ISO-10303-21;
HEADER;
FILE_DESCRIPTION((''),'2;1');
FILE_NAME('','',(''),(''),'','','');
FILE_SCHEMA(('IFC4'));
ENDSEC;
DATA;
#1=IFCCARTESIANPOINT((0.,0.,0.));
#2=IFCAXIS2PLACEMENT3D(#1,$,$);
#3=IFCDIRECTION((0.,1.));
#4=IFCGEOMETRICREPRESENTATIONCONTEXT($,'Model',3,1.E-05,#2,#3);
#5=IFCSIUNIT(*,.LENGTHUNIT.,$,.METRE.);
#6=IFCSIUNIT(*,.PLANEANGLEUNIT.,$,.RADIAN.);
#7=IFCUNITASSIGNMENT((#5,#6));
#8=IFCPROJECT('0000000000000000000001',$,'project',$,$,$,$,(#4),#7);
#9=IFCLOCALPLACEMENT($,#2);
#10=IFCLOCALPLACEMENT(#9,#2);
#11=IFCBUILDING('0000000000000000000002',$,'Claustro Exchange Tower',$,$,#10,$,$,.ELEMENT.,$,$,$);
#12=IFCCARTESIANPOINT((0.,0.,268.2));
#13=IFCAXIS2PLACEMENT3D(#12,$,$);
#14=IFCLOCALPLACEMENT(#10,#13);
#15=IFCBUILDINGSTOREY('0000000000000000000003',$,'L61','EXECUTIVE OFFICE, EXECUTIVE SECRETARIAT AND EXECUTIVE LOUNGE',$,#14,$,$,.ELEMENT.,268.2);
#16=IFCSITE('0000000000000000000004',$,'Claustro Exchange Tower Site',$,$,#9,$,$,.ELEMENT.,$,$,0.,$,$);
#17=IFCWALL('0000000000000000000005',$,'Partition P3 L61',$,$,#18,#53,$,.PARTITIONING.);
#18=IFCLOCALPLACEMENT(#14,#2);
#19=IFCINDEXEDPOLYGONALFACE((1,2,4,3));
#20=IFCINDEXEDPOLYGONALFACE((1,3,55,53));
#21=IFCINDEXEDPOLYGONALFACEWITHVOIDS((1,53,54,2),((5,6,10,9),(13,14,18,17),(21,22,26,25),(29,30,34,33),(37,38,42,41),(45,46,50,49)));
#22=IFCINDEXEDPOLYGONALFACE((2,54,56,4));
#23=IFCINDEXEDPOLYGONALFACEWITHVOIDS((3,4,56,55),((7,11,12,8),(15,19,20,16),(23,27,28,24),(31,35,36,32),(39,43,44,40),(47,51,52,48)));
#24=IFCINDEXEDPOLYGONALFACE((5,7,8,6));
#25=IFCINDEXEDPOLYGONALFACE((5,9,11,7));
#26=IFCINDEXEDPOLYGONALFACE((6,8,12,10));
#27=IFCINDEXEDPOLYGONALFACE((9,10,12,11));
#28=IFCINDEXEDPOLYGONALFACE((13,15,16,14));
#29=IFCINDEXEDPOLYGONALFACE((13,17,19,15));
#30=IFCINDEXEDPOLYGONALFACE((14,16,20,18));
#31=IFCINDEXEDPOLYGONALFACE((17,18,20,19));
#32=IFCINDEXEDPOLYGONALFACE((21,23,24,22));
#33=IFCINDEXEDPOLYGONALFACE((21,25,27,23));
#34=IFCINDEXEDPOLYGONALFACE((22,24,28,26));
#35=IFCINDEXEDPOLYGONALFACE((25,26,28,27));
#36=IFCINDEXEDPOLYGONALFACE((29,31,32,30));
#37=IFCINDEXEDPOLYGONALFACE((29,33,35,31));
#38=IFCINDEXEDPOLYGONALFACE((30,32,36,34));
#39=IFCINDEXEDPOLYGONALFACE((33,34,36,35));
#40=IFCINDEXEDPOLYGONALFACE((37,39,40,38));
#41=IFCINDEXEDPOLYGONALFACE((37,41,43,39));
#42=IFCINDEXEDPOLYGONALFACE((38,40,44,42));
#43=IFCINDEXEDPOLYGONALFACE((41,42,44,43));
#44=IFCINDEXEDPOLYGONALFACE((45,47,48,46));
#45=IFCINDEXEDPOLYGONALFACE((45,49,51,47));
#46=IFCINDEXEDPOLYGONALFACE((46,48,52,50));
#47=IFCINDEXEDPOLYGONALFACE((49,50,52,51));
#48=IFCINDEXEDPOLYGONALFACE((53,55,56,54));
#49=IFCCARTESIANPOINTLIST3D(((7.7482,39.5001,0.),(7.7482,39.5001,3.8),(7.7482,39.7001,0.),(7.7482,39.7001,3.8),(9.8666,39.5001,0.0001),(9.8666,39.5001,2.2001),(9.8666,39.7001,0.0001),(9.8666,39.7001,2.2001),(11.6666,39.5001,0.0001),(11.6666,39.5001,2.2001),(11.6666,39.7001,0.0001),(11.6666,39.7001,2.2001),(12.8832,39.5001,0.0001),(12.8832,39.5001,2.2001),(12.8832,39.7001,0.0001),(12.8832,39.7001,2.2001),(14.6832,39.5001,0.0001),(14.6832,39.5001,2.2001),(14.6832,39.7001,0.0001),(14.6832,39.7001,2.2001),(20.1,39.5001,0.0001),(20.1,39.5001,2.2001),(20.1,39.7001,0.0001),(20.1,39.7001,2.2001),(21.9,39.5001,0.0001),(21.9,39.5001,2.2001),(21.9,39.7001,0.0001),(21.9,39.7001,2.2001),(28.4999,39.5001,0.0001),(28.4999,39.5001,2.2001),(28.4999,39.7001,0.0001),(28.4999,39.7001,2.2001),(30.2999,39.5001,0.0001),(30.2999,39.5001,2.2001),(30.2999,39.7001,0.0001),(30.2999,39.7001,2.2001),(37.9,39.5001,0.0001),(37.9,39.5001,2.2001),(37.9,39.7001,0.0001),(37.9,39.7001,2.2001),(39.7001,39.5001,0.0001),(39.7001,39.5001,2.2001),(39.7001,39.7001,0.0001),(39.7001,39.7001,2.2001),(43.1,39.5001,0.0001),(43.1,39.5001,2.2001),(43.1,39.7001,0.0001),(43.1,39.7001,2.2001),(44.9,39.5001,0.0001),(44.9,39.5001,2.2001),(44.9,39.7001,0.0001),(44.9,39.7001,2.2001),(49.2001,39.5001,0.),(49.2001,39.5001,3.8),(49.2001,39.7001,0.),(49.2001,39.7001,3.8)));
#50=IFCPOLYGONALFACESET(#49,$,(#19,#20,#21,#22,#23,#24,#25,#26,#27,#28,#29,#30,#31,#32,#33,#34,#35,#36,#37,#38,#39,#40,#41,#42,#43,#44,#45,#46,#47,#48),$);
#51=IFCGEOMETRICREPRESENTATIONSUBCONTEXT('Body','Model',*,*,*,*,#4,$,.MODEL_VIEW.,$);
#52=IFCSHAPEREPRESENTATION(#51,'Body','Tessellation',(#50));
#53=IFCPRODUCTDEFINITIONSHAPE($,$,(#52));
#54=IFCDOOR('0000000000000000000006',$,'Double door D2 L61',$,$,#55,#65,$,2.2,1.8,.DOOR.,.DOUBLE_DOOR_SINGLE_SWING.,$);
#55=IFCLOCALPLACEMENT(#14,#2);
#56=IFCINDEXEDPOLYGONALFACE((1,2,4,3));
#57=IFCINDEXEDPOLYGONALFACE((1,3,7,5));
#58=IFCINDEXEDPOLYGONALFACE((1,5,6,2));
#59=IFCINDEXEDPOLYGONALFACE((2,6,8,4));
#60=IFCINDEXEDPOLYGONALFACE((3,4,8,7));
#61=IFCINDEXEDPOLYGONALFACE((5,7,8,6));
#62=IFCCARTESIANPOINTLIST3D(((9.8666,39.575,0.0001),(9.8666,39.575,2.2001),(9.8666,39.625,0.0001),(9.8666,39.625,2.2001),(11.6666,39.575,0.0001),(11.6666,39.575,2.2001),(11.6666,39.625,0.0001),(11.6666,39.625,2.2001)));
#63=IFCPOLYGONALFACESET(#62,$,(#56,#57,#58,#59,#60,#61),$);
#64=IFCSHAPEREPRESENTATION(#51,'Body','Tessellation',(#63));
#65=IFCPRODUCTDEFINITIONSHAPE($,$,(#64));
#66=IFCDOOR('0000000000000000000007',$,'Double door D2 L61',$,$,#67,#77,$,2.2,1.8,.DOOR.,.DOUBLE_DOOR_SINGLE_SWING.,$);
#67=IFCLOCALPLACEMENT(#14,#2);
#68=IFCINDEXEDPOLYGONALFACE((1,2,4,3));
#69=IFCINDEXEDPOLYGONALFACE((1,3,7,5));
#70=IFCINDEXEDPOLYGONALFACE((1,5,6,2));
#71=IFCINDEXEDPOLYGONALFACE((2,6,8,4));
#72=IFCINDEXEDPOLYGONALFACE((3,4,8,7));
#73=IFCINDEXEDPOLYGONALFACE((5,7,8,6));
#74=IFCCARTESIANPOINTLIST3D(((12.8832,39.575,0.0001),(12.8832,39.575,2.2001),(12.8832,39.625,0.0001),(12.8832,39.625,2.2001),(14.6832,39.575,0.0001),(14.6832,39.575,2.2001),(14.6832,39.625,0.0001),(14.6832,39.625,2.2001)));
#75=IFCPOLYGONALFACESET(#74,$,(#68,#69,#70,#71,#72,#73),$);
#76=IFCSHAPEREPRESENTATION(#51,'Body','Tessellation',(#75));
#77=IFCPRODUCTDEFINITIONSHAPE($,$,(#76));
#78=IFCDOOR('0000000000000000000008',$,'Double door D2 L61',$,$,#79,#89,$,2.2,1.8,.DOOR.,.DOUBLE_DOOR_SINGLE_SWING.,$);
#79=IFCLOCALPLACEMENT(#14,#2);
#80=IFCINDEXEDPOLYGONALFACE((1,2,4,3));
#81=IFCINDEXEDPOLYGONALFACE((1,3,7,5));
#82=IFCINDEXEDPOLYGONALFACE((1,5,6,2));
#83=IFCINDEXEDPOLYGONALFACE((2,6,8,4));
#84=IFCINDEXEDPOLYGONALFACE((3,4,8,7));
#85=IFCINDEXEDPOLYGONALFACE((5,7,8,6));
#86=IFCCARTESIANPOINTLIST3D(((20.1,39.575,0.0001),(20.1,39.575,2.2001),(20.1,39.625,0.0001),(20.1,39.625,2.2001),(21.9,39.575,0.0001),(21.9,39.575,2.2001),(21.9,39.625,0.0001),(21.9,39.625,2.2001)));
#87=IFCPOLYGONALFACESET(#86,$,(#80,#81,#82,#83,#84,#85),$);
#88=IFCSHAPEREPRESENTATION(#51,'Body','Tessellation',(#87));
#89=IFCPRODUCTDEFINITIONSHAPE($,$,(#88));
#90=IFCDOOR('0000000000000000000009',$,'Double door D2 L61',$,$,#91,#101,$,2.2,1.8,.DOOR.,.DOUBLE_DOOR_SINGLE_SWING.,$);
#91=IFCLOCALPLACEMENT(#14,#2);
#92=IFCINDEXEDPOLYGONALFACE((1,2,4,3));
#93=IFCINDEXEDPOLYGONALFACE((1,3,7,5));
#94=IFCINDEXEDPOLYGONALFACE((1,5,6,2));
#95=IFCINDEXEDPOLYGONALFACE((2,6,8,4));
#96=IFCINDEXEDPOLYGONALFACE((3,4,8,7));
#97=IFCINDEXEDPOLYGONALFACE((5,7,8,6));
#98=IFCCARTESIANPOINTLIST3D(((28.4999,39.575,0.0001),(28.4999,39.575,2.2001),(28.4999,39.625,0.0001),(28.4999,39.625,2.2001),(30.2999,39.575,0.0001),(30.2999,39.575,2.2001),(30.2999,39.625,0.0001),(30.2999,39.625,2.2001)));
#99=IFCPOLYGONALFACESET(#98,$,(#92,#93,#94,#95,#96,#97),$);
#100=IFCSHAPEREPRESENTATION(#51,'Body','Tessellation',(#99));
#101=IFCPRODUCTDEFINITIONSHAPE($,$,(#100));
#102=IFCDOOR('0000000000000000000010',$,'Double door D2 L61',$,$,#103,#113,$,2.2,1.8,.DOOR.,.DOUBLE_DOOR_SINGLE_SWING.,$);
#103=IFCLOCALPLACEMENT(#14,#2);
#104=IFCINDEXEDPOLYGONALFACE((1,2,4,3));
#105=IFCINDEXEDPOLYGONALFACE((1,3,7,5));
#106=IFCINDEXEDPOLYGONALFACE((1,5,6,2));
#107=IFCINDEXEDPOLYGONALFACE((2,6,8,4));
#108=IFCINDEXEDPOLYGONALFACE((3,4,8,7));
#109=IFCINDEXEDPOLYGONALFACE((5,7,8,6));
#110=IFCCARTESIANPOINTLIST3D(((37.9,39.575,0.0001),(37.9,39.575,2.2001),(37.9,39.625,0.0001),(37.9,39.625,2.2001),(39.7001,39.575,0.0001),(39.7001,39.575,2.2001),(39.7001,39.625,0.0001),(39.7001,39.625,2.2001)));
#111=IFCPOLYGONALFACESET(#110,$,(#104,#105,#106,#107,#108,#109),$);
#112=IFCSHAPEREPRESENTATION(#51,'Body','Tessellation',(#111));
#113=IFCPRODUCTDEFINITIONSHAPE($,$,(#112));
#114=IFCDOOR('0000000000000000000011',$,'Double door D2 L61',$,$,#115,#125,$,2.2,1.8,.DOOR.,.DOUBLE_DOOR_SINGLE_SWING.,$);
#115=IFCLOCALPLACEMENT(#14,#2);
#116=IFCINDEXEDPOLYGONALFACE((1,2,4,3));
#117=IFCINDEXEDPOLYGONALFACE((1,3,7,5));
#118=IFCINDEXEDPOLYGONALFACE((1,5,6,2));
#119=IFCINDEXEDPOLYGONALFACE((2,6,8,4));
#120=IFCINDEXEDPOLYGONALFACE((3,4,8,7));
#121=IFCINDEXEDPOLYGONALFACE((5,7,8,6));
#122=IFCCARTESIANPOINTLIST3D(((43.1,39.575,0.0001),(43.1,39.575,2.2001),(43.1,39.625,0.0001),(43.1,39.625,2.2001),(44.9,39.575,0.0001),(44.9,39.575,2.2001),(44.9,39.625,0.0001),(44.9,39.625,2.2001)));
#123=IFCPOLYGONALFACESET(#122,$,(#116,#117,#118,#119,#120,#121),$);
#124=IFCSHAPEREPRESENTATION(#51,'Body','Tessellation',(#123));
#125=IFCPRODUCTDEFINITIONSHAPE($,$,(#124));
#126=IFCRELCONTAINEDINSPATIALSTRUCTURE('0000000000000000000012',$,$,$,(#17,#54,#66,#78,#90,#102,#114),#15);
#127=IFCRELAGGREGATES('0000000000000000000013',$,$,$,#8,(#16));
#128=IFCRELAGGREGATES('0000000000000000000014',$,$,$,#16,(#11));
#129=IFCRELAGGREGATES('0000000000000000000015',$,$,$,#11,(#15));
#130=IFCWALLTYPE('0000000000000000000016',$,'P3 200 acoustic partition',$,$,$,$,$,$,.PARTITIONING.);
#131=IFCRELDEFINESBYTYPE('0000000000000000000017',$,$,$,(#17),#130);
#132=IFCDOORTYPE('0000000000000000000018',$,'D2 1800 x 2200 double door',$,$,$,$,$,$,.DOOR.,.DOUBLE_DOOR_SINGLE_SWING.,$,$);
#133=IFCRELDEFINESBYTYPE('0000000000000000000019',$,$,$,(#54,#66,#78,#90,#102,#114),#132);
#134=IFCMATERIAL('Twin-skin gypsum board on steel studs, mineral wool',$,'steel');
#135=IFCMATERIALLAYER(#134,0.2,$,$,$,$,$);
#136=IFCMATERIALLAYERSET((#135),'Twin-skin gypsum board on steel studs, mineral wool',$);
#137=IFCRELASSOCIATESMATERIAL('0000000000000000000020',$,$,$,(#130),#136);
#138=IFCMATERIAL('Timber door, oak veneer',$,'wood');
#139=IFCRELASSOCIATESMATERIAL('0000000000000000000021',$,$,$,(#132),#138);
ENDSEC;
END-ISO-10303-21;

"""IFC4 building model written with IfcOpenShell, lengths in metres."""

from ifc_helpers import new_model, si_unit, direction, frame, frame_2d, origin, place, context, subcontext, project, spatial, rectangle, extrude, material, layer, layer_set, type_object, element, fill, save


model = new_model("IFC4")

# Units and contexts
model_context = context("Model", 3, precision=1e-05, world=origin(), true_north=direction((0.0, 1.0)))
body_context = subcontext(model_context, "Body", "Model", "MODEL_VIEW")
ifc_project = project(units=[si_unit("LENGTHUNIT", "METRE"), si_unit("PLANEANGLEUNIT", "RADIAN")], contexts=[model_context])

# Site, building, storey
site_placement = place(None, origin())
site = spatial("IfcSite", under=ifc_project, at=site_placement, Name="Claustro Exchange Tower Site", CompositionType="ELEMENT", RefElevation=0.0)
building_placement = place(site_placement, origin())
building = spatial("IfcBuilding", under=site, at=building_placement, Name="Claustro Exchange Tower", CompositionType="ELEMENT")
storey_placement = place(building_placement, frame((0.0, 0.0, 268.2)))
storey = spatial("IfcBuildingStorey", under=building, at=storey_placement, Name="L61", Description="EXECUTIVE OFFICE, EXECUTIVE SECRETARIAT AND EXECUTIVE LOUNGE", CompositionType="ELEMENT", Elevation=268.2)

# Wall, openings, doors
ifc_material_1 = material(Name="Twin-skin gypsum board on steel studs, mineral wool", Category="steel")
ifc_layer_1 = layer(ifc_material_1, 0.2)
ifc_layer_set_1 = layer_set([ifc_layer_1], Name="Twin-skin gypsum board on steel studs, mineral wool")
wall_type_1 = type_object("IfcWallType", Name="P3 200 acoustic partition", PredefinedType="PARTITIONING", material=ifc_layer_set_1)
wall_1_placement = place(storey_placement, frame((7.748, 39.6001, 0.0), z_axis=(0.0, 0.0, 1.0), x_axis=(1.0, 0.0, 0.0)))
wall_1 = element("IfcWall", 1, at=wall_1_placement, inside=storey, type_object=wall_type_1, Name="Partition P3 L61", PredefinedType="PARTITIONING", context=body_context, shape_type="SweptSolid", body=[
    extrude(rectangle(XDim=41.4519, YDim=0.2, at=frame_2d((20.7261, 0.0))), origin(), (0.0, 0.0, 1.0), 3.8),
])
opening_1_placement = place(wall_1_placement, frame((2.1187, 0.0, 0.0)))
opening_1 = element("IfcOpeningElement", 2, at=opening_1_placement, cuts=wall_1, PredefinedType="OPENING", context=body_context, shape_type="SweptSolid", body=[
    extrude(rectangle(XDim=1.8, YDim=2.2, at=frame_2d((0.8999, 1.1001))), frame((0.0, 0.1099, 0.0), z_axis=(0.0, -1.0, 0.0), x_axis=(1.0, 0.0, 0.0)), (0.0, 0.0, 1.0), 0.22),
])
opening_2_placement = place(wall_1_placement, frame((5.1353, 0.0, 0.0)))
opening_2 = element("IfcOpeningElement", 3, at=opening_2_placement, cuts=wall_1, PredefinedType="OPENING", context=body_context, shape_type="SweptSolid", body=[
    extrude(rectangle(XDim=1.8, YDim=2.2, at=frame_2d((0.8999, 1.1001))), frame((0.0, 0.1099, 0.0), z_axis=(0.0, -1.0, 0.0), x_axis=(1.0, 0.0, 0.0)), (0.0, 0.0, 1.0), 0.22),
])
opening_3_placement = place(wall_1_placement, frame((12.3521, 0.0, 0.0)))
opening_3 = element("IfcOpeningElement", 4, at=opening_3_placement, cuts=wall_1, PredefinedType="OPENING", context=body_context, shape_type="SweptSolid", body=[
    extrude(rectangle(XDim=1.8, YDim=2.2, at=frame_2d((0.8999, 1.1001))), frame((0.0, 0.1099, 0.0), z_axis=(0.0, -1.0, 0.0), x_axis=(1.0, 0.0, 0.0)), (0.0, 0.0, 1.0), 0.22),
])
opening_4_placement = place(wall_1_placement, frame((20.752, 0.0, 0.0)))
opening_4 = element("IfcOpeningElement", 5, at=opening_4_placement, cuts=wall_1, PredefinedType="OPENING", context=body_context, shape_type="SweptSolid", body=[
    extrude(rectangle(XDim=1.8, YDim=2.2, at=frame_2d((0.8999, 1.1001))), frame((0.0, 0.1099, 0.0), z_axis=(0.0, -1.0, 0.0), x_axis=(1.0, 0.0, 0.0)), (0.0, 0.0, 1.0), 0.22),
])
opening_5_placement = place(wall_1_placement, frame((30.1521, 0.0, 0.0)))
opening_5 = element("IfcOpeningElement", 6, at=opening_5_placement, cuts=wall_1, PredefinedType="OPENING", context=body_context, shape_type="SweptSolid", body=[
    extrude(rectangle(XDim=1.8, YDim=2.2, at=frame_2d((0.8999, 1.1001))), frame((0.0, 0.1099, 0.0), z_axis=(0.0, -1.0, 0.0), x_axis=(1.0, 0.0, 0.0)), (0.0, 0.0, 1.0), 0.22),
])
opening_6_placement = place(wall_1_placement, frame((35.3521, 0.0, 0.0)))
opening_6 = element("IfcOpeningElement", 7, at=opening_6_placement, cuts=wall_1, PredefinedType="OPENING", context=body_context, shape_type="SweptSolid", body=[
    extrude(rectangle(XDim=1.8, YDim=2.2, at=frame_2d((0.8999, 1.1001))), frame((0.0, 0.1099, 0.0), z_axis=(0.0, -1.0, 0.0), x_axis=(1.0, 0.0, 0.0)), (0.0, 0.0, 1.0), 0.22),
])
ifc_material_2 = material(Name="Timber door, oak veneer", Category="wood")
door_type_1 = type_object("IfcDoorType", Name="D2 1800 x 2200 double door", OperationType="DOUBLE_DOOR_SINGLE_SWING", PredefinedType="DOOR", material=ifc_material_2)
door_1_placement = place(opening_1_placement, origin())
door_1 = element("IfcDoor", 8, at=door_1_placement, inside=storey, type_object=door_type_1, Name="Double door D2 L61", OperationType="DOUBLE_DOOR_SINGLE_SWING", OverallHeight=2.2, OverallWidth=1.8, PredefinedType="DOOR", context=body_context, shape_type="SweptSolid", body=[
    extrude(rectangle(XDim=1.8, YDim=2.2, at=frame_2d((0.8999, 1.1001))), frame((0.0, 0.0249, 0.0), z_axis=(0.0, -1.0, 0.0), x_axis=(1.0, 0.0, 0.0)), (0.0, 0.0, 1.0), 0.05),
])
fill(opening_1, door_1)
door_2_placement = place(opening_2_placement, origin())
door_2 = element("IfcDoor", 9, at=door_2_placement, inside=storey, type_object=door_type_1, Name="Double door D2 L61", OperationType="DOUBLE_DOOR_SINGLE_SWING", OverallHeight=2.2, OverallWidth=1.8, PredefinedType="DOOR", context=body_context, shape_type="SweptSolid", body=[
    extrude(rectangle(XDim=1.8, YDim=2.2, at=frame_2d((0.8999, 1.1001))), frame((0.0, 0.0249, 0.0), z_axis=(0.0, -1.0, 0.0), x_axis=(1.0, 0.0, 0.0)), (0.0, 0.0, 1.0), 0.05),
])
fill(opening_2, door_2)
door_3_placement = place(opening_3_placement, origin())
door_3 = element("IfcDoor", 10, at=door_3_placement, inside=storey, type_object=door_type_1, Name="Double door D2 L61", OperationType="DOUBLE_DOOR_SINGLE_SWING", OverallHeight=2.2, OverallWidth=1.8, PredefinedType="DOOR", context=body_context, shape_type="SweptSolid", body=[
    extrude(rectangle(XDim=1.8, YDim=2.2, at=frame_2d((0.8999, 1.1001))), frame((0.0, 0.0249, 0.0), z_axis=(0.0, -1.0, 0.0), x_axis=(1.0, 0.0, 0.0)), (0.0, 0.0, 1.0), 0.05),
])
fill(opening_3, door_3)
door_4_placement = place(opening_4_placement, origin())
door_4 = element("IfcDoor", 11, at=door_4_placement, inside=storey, type_object=door_type_1, Name="Double door D2 L61", OperationType="DOUBLE_DOOR_SINGLE_SWING", OverallHeight=2.2, OverallWidth=1.8, PredefinedType="DOOR", context=body_context, shape_type="SweptSolid", body=[
    extrude(rectangle(XDim=1.8, YDim=2.2, at=frame_2d((0.8999, 1.1001))), frame((0.0, 0.0249, 0.0), z_axis=(0.0, -1.0, 0.0), x_axis=(1.0, 0.0, 0.0)), (0.0, 0.0, 1.0), 0.05),
])
fill(opening_4, door_4)
door_5_placement = place(opening_5_placement, origin())
door_5 = element("IfcDoor", 12, at=door_5_placement, inside=storey, type_object=door_type_1, Name="Double door D2 L61", OperationType="DOUBLE_DOOR_SINGLE_SWING", OverallHeight=2.2, OverallWidth=1.8, PredefinedType="DOOR", context=body_context, shape_type="SweptSolid", body=[
    extrude(rectangle(XDim=1.8, YDim=2.2, at=frame_2d((0.8999, 1.1001))), frame((0.0, 0.0249, 0.0), z_axis=(0.0, -1.0, 0.0), x_axis=(1.0, 0.0, 0.0)), (0.0, 0.0, 1.0), 0.05),
])
fill(opening_5, door_5)
door_6_placement = place(opening_6_placement, origin())
door_6 = element("IfcDoor", 13, at=door_6_placement, inside=storey, type_object=door_type_1, Name="Double door D2 L61", OperationType="DOUBLE_DOOR_SINGLE_SWING", OverallHeight=2.2, OverallWidth=1.8, PredefinedType="DOOR", context=body_context, shape_type="SweptSolid", body=[
    extrude(rectangle(XDim=1.8, YDim=2.2, at=frame_2d((0.8999, 1.1001))), frame((0.0, 0.0249, 0.0), z_axis=(0.0, -1.0, 0.0), x_axis=(1.0, 0.0, 0.0)), (0.0, 0.0, 1.0), 0.05),
])
fill(opening_6, door_6)

save(model, "model.ifc")
